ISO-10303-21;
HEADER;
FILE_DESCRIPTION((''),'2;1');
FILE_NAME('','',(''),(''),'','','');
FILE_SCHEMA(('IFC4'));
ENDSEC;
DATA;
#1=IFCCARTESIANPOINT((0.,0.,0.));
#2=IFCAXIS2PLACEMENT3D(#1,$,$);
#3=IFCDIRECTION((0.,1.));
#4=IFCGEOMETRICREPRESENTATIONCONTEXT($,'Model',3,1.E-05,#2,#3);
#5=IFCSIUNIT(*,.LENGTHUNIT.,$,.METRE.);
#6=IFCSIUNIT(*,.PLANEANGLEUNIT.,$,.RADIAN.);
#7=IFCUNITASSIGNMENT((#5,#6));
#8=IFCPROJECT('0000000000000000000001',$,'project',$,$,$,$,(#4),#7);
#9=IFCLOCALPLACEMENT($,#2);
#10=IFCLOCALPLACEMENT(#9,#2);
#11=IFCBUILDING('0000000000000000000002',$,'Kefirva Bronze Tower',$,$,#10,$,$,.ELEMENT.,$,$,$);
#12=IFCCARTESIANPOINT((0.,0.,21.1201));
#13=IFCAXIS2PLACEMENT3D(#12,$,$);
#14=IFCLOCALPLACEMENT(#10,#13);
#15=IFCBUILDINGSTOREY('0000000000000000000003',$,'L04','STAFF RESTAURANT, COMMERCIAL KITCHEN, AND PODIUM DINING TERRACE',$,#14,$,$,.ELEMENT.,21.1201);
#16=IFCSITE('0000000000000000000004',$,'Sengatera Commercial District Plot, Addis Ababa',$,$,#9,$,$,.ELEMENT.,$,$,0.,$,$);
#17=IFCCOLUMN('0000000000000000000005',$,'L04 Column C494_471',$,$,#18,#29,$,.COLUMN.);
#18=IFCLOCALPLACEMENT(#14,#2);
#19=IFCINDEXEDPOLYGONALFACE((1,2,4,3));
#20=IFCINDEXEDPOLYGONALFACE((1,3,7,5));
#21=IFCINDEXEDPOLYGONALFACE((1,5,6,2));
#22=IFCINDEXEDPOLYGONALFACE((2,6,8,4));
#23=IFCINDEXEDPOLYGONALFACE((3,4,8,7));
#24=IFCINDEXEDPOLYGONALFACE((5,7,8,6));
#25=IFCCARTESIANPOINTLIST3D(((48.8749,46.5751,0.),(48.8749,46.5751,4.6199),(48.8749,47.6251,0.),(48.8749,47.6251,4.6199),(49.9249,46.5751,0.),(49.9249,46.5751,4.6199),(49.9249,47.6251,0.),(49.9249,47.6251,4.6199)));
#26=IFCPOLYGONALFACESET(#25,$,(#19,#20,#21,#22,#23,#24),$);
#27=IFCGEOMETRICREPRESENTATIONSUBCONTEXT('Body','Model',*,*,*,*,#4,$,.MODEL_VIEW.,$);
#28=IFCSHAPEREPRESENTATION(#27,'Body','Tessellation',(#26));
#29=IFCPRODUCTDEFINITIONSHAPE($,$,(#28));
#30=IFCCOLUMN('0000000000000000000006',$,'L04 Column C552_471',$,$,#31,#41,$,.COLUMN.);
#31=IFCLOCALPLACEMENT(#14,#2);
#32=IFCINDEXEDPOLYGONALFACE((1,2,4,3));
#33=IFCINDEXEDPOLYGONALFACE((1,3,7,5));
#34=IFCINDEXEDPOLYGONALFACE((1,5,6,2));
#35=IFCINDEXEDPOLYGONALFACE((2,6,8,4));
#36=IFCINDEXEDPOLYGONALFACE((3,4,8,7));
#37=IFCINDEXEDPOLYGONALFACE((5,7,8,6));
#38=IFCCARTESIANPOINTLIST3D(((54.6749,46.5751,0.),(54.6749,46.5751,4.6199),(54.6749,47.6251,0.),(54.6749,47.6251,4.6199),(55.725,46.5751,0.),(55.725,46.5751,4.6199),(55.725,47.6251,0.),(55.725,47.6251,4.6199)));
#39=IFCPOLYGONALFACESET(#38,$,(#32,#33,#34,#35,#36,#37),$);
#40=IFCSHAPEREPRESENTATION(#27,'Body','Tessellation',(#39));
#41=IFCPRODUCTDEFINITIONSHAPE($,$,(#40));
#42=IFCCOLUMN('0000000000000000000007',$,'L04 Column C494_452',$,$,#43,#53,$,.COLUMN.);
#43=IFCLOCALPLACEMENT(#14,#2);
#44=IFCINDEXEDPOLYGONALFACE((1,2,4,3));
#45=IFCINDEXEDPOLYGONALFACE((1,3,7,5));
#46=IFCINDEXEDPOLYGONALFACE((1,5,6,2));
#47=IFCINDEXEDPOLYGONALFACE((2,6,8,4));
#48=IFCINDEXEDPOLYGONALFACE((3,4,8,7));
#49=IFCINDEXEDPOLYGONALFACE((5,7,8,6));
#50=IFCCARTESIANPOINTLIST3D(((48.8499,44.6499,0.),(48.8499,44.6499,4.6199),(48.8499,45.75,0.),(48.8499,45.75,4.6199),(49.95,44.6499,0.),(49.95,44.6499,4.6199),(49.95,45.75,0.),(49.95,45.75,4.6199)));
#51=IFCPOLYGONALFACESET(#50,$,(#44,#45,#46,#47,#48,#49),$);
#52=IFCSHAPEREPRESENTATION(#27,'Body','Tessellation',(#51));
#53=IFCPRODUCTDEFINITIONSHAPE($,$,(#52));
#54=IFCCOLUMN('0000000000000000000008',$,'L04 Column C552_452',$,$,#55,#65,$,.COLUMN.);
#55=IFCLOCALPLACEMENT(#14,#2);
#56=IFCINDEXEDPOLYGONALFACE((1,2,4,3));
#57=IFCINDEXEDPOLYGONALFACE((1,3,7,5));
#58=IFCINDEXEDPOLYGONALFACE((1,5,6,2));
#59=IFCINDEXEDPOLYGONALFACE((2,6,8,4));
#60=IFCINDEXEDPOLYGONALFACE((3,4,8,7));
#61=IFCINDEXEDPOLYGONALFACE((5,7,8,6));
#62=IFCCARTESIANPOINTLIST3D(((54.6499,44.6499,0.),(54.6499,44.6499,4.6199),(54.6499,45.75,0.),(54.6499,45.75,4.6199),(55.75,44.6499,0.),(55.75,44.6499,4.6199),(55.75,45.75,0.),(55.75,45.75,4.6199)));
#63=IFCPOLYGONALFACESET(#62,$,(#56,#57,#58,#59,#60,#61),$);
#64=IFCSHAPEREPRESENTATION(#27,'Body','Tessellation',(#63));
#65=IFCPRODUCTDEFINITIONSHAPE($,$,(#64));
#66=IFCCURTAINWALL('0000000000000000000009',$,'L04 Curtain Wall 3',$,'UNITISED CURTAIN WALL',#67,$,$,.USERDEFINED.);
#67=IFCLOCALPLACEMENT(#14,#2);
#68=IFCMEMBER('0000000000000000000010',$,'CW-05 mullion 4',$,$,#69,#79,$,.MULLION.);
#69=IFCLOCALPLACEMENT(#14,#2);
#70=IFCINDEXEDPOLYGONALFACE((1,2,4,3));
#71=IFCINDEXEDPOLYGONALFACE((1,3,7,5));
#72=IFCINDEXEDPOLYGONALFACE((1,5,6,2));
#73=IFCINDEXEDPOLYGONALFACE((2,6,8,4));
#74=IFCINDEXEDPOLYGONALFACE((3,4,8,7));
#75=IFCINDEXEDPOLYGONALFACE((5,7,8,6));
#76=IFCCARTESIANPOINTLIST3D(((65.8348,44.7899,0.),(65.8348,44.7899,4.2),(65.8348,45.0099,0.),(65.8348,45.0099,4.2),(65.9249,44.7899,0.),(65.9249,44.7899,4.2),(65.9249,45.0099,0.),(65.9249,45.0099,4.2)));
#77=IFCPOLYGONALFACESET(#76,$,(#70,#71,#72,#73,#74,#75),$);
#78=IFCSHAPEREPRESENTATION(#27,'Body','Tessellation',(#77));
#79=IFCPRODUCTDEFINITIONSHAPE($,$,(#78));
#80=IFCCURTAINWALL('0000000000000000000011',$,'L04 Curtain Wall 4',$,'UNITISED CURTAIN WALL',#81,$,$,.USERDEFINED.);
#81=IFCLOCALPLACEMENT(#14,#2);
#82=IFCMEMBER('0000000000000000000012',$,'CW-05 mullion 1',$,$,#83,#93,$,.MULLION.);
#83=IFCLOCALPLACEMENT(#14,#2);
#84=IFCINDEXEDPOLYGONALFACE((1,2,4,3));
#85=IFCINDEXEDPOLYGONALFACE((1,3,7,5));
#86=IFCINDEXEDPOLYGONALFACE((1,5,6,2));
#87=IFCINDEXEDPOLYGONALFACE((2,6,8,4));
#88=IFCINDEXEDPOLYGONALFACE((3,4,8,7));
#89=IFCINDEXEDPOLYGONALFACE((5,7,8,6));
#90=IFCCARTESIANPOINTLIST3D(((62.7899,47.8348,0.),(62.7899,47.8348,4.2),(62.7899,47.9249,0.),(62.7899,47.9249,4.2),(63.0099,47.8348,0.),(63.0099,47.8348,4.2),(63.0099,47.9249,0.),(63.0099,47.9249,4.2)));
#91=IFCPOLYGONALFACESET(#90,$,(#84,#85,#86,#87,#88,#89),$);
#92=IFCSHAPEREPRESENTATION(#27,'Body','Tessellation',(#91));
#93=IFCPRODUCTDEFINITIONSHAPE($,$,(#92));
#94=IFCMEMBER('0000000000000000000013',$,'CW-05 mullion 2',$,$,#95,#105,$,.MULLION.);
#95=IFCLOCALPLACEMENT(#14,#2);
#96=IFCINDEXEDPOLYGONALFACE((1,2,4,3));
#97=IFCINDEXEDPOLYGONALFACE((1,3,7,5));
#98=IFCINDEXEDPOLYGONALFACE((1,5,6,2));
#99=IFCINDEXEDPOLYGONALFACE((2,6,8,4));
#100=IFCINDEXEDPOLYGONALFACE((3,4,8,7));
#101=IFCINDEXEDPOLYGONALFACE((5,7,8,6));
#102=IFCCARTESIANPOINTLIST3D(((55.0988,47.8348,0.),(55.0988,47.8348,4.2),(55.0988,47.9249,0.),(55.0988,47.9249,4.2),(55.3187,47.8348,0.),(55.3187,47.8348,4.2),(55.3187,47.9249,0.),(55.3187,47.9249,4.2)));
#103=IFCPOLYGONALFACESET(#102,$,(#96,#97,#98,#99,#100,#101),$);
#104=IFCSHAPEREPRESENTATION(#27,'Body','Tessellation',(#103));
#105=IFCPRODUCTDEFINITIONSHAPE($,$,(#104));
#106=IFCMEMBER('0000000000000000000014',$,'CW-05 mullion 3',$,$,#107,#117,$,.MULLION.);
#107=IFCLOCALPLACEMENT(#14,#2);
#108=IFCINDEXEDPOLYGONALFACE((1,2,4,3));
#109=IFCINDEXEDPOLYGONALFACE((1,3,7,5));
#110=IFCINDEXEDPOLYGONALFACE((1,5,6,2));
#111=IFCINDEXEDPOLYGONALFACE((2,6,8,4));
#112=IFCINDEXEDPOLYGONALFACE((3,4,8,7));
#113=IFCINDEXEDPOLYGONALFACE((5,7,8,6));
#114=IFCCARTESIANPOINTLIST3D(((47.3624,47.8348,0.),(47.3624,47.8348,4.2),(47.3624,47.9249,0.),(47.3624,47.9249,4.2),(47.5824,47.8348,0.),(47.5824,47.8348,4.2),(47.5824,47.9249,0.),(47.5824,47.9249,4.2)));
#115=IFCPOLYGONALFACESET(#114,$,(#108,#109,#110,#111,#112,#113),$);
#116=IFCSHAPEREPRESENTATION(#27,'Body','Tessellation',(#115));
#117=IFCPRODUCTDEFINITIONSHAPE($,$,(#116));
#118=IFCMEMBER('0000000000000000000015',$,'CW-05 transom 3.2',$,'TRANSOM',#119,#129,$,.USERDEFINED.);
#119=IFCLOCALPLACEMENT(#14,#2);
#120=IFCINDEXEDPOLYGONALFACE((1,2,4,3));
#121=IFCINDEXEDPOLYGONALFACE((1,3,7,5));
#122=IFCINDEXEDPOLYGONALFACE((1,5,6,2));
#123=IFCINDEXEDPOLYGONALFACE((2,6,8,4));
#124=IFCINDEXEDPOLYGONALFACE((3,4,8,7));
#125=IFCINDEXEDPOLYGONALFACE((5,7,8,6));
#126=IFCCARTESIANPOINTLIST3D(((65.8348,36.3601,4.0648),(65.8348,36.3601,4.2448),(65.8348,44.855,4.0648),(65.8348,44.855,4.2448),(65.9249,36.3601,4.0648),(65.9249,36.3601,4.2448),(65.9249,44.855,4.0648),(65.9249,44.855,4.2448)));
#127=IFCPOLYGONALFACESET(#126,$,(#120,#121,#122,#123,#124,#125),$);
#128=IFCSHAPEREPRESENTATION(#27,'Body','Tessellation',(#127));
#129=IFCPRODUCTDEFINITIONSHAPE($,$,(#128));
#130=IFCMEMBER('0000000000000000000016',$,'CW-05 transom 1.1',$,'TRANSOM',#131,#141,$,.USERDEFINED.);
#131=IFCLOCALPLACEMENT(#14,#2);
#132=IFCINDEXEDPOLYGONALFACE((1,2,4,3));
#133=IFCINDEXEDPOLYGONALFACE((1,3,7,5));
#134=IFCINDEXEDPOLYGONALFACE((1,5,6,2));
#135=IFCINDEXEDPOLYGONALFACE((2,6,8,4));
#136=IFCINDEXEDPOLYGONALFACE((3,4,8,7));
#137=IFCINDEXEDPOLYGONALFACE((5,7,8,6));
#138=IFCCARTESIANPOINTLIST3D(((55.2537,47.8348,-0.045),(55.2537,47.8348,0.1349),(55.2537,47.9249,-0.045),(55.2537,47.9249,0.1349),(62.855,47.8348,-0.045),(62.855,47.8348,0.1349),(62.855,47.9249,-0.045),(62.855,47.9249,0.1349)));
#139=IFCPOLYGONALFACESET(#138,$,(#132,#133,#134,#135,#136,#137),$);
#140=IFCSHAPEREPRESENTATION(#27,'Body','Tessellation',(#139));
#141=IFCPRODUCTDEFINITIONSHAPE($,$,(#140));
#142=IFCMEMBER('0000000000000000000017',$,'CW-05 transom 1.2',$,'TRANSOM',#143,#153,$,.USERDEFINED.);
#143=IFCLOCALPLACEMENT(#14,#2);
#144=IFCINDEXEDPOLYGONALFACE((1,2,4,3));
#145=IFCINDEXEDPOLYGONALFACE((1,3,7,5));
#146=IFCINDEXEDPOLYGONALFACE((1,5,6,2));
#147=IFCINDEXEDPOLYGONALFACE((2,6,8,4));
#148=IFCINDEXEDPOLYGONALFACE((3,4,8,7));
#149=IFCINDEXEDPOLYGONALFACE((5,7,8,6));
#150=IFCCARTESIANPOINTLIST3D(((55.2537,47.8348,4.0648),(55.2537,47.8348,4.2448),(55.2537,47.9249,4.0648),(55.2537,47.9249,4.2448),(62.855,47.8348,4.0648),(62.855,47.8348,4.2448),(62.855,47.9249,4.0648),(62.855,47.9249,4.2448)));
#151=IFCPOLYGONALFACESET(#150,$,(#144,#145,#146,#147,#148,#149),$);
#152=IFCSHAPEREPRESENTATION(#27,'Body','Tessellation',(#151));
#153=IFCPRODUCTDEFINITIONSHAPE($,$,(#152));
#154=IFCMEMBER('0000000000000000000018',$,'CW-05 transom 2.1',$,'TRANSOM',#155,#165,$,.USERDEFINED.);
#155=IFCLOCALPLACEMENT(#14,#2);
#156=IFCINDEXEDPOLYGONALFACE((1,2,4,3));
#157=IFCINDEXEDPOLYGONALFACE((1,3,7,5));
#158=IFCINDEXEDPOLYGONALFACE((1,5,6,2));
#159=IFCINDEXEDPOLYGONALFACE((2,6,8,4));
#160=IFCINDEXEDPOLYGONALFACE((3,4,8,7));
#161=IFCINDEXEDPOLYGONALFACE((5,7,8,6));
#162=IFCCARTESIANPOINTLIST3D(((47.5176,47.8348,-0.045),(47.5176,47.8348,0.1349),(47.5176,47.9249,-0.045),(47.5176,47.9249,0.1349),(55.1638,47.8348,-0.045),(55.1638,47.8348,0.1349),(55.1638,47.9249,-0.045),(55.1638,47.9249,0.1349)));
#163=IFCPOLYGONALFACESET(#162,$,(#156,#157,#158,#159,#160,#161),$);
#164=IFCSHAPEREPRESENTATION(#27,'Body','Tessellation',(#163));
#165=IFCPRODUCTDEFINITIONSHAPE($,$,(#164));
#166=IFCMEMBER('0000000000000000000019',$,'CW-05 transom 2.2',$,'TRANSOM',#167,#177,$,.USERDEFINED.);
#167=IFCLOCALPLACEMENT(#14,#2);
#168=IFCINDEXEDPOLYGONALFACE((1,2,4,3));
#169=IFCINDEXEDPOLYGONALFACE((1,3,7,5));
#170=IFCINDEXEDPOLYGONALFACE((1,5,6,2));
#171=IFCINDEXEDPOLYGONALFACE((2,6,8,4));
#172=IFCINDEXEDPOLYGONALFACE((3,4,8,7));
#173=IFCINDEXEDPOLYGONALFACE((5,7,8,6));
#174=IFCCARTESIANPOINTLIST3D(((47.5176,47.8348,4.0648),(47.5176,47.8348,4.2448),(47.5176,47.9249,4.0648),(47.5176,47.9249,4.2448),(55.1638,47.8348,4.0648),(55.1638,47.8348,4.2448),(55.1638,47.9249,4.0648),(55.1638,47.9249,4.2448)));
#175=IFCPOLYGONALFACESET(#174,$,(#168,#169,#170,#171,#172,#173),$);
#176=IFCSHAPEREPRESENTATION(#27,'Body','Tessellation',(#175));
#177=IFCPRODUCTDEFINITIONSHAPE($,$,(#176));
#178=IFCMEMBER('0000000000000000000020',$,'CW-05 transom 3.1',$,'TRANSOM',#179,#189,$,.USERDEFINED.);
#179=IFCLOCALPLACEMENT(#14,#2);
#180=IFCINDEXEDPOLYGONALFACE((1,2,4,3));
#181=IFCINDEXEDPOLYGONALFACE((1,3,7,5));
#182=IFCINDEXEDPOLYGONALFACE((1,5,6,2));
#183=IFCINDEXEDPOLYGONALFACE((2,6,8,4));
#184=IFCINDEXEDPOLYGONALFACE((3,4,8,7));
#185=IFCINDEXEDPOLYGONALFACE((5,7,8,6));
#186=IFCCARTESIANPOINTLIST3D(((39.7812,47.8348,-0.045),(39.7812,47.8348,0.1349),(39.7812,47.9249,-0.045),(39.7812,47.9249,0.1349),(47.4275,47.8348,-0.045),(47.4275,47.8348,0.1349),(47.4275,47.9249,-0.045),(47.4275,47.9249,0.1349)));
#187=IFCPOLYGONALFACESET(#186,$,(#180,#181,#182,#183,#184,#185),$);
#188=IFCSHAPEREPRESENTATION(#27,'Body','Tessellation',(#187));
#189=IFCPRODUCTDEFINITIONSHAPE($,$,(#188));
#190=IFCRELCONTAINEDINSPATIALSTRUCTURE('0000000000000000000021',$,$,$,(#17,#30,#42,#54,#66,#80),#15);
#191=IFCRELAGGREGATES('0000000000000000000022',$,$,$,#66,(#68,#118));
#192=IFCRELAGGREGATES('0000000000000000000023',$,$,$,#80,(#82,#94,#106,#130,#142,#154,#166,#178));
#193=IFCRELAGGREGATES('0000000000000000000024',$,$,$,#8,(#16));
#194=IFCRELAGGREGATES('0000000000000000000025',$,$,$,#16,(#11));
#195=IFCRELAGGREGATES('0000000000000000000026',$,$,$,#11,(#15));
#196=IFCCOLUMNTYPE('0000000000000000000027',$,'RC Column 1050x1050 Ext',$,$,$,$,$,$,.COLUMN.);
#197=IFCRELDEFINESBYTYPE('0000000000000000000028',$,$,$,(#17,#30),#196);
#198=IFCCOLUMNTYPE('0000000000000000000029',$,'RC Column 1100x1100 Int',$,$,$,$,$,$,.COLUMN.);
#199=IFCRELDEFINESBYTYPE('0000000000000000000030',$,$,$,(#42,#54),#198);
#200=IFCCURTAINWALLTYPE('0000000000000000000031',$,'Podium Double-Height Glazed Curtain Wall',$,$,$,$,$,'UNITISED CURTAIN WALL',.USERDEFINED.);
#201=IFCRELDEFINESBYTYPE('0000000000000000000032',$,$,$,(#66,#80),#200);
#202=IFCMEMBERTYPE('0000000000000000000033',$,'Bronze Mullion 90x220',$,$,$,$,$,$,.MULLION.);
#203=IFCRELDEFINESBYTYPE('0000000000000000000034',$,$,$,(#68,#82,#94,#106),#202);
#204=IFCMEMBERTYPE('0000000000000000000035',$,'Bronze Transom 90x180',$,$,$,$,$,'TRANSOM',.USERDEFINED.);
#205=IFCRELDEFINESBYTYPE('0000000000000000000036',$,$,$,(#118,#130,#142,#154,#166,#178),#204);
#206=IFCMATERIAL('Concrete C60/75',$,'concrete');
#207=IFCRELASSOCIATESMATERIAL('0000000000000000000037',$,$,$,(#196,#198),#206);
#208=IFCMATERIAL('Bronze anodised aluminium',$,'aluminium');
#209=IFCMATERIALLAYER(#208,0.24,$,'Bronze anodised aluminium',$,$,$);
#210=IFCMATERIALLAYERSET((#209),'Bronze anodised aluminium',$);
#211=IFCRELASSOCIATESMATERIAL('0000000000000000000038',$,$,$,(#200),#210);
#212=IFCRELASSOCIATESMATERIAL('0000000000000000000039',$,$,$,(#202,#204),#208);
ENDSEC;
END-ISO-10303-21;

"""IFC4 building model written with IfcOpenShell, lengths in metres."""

from ifc_helpers import new_model, si_unit, direction, frame, origin, origin_2d, place, context, subcontext, project, spatial, rectangle, extrude, material, layer, layer_set, material_profile, profile_set, type_object, element, aggregate, save


model = new_model("IFC4")

# Units and contexts
model_context = context("Model", 3, precision=1e-05, world=origin(), true_north=direction((0.0, 1.0)))
body_context = subcontext(model_context, "Body", "Model", "MODEL_VIEW")
ifc_project = project(units=[si_unit("LENGTHUNIT", "METRE"), si_unit("PLANEANGLEUNIT", "RADIAN")], contexts=[model_context])

# Site, building, storey
site_placement = place(None, origin())
site = spatial("IfcSite", under=ifc_project, at=site_placement, Name="Sengatera Commercial District Plot, Addis Ababa", CompositionType="ELEMENT", RefElevation=0.0)
building_placement = place(site_placement, origin())
building = spatial("IfcBuilding", under=site, at=building_placement, Name="Kefirva Bronze Tower", CompositionType="ELEMENT")
storey_placement = place(building_placement, frame((0.0, 0.0, 21.1201)))
storey = spatial("IfcBuildingStorey", under=building, at=storey_placement, Name="L04", Description="STAFF RESTAURANT, COMMERCIAL KITCHEN, AND PODIUM DINING TERRACE", CompositionType="ELEMENT", Elevation=21.1201)

# Columns
ifc_material_1 = material(Name="Concrete C60/75", Category="concrete")
ifc_material_profile_1 = material_profile(ifc_material_1, rectangle(XDim=1.05, YDim=1.05, at=origin_2d()), Name="RC 1050x1050")
ifc_profile_set_1 = profile_set([ifc_material_profile_1], Name="Concrete C60/75")
column_type_1 = type_object("IfcColumnType", Name="RC Column 1050x1050 Ext", PredefinedType="COLUMN", material=ifc_profile_set_1)
for number, where, z_axis, x_axis, name in (
    (1, (49.3999, 47.1001, 0.0), (0.0, 0.0, 1.0), (1.0, 0.0, 0.0), "L04 Column C494_471"),
    (2, (55.2, 47.1001, 0.0), (0.0, 0.0, 1.0), (1.0, 0.0, 0.0), "L04 Column C552_471"),
):
    element("IfcColumn", number, at=place(storey_placement, frame(where, z_axis=z_axis, x_axis=x_axis)), inside=storey, type_object=column_type_1, Name=name, PredefinedType="COLUMN", context=body_context, shape_type="SweptSolid", body=[
        extrude(rectangle(XDim=1.05, YDim=1.05, at=origin_2d()), origin(), (0.0, 0.0, 1.0), 4.6199),
    ])
ifc_material_profile_2 = material_profile(ifc_material_1, rectangle(XDim=1.1001, YDim=1.1001, at=origin_2d()), Name="RC 1100x1100")
ifc_profile_set_2 = profile_set([ifc_material_profile_2], Name="Concrete C60/75")
column_type_2 = type_object("IfcColumnType", Name="RC Column 1100x1100 Int", PredefinedType="COLUMN", material=ifc_profile_set_2)
for number, where, z_axis, x_axis, name in (
    (3, (49.3999, 45.2, 0.0), (0.0, 0.0, 1.0), (1.0, 0.0, 0.0), "L04 Column C494_452"),
    (4, (55.2, 45.2, 0.0), (0.0, 0.0, 1.0), (1.0, 0.0, 0.0), "L04 Column C552_452"),
):
    element("IfcColumn", number, at=place(storey_placement, frame(where, z_axis=z_axis, x_axis=x_axis)), inside=storey, type_object=column_type_2, Name=name, PredefinedType="COLUMN", context=body_context, shape_type="SweptSolid", body=[
        extrude(rectangle(XDim=1.1001, YDim=1.1001, at=origin_2d()), origin(), (0.0, 0.0, 1.0), 4.6199),
    ])

# Curtain wall, member
ifc_material_2 = material(Name="Bronze anodised aluminium", Category="aluminium")
ifc_layer_1 = layer(ifc_material_2, 0.24, Name="Bronze anodised aluminium")
ifc_layer_set_1 = layer_set([ifc_layer_1], Name="Bronze anodised aluminium")
curtain_wall_type = type_object("IfcCurtainWallType", Name="Podium Double-Height Glazed Curtain Wall", ElementType="UNITISED CURTAIN WALL", PredefinedType="USERDEFINED", material=ifc_layer_set_1)
curtain_wall_1_placement = place(storey_placement, origin())
curtain_wall_1 = element("IfcCurtainWall", 5, at=curtain_wall_1_placement, inside=storey, type_object=curtain_wall_type, Name="L04 Curtain Wall 3", ObjectType="UNITISED CURTAIN WALL", PredefinedType="USERDEFINED")
ifc_material_profile_3 = material_profile(ifc_material_2, rectangle(XDim=0.0901, YDim=0.22, at=origin_2d()), Name="ALU 90x220")
ifc_profile_set_3 = profile_set([ifc_material_profile_3], Name="Bronze anodised aluminium")
member_type_1 = type_object("IfcMemberType", Name="Bronze Mullion 90x220", PredefinedType="MULLION", material=ifc_profile_set_3)
member_1_placement = place(storey_placement, frame((65.8799, 44.8999, 0.0), z_axis=(0.0, 0.0, 1.0), x_axis=(-1.0, 0.0, 0.0)))
member_1 = element("IfcMember", 6, at=member_1_placement, type_object=member_type_1, Name="CW-05 mullion 4", PredefinedType="MULLION", context=body_context, shape_type="SweptSolid", body=[
    extrude(rectangle(XDim=0.0901, YDim=0.22, at=origin_2d()), origin(), (0.0, 0.0, 1.0), 4.2),
])

# Curtain wall, members
curtain_wall_2_placement = place(storey_placement, origin())
curtain_wall_2 = element("IfcCurtainWall", 7, at=curtain_wall_2_placement, inside=storey, type_object=curtain_wall_type, Name="L04 Curtain Wall 4", ObjectType="UNITISED CURTAIN WALL", PredefinedType="USERDEFINED")
member_2_placement = place(storey_placement, frame((62.8999, 47.8799, 0.0), z_axis=(0.0, 0.0, 1.0), x_axis=(0.0, -1.0, 0.0)))
member_2 = element("IfcMember", 8, at=member_2_placement, type_object=member_type_1, Name="CW-05 mullion 1", PredefinedType="MULLION", context=body_context, shape_type="SweptSolid", body=[
    extrude(rectangle(XDim=0.0901, YDim=0.22, at=origin_2d()), origin(), (0.0, 0.0, 1.0), 4.2),
])
member_3_placement = place(storey_placement, frame((55.2087, 47.8799, 0.0), z_axis=(0.0, 0.0, 1.0), x_axis=(0.0, -1.0, 0.0)))
member_3 = element("IfcMember", 9, at=member_3_placement, type_object=member_type_1, Name="CW-05 mullion 2", PredefinedType="MULLION", context=body_context, shape_type="SweptSolid", body=[
    extrude(rectangle(XDim=0.0901, YDim=0.22, at=origin_2d()), origin(), (0.0, 0.0, 1.0), 4.2),
])
member_4_placement = place(storey_placement, frame((47.4724, 47.8799, 0.0), z_axis=(0.0, 0.0, 1.0), x_axis=(0.0, -1.0, 0.0)))
member_4 = element("IfcMember", 10, at=member_4_placement, type_object=member_type_1, Name="CW-05 mullion 3", PredefinedType="MULLION", context=body_context, shape_type="SweptSolid", body=[
    extrude(rectangle(XDim=0.0901, YDim=0.22, at=origin_2d()), origin(), (0.0, 0.0, 1.0), 4.2),
])

# Members
ifc_material_profile_4 = material_profile(ifc_material_2, rectangle(XDim=0.0901, YDim=0.1799, at=origin_2d()), Name="ALU 90x180")
ifc_profile_set_4 = profile_set([ifc_material_profile_4], Name="Bronze anodised aluminium")
member_type_2 = type_object("IfcMemberType", Name="Bronze Transom 90x180", ElementType="TRANSOM", PredefinedType="USERDEFINED", material=ifc_profile_set_4)
member_5_placement = place(storey_placement, frame((65.8799, 36.3601, 4.1548), z_axis=(0.0, 1.0, 0.0), x_axis=(-1.0, 0.0, 0.0)))
member_5 = element("IfcMember", 11, at=member_5_placement, type_object=member_type_2, Name="CW-05 transom 3.2", ObjectType="TRANSOM", PredefinedType="USERDEFINED", context=body_context, shape_type="SweptSolid", body=[
    extrude(rectangle(XDim=0.0901, YDim=0.1799, at=origin_2d()), origin(), (0.0, 0.0, 1.0), 8.4949),
])
member_6_placement = place(storey_placement, frame((62.855, 47.8799, 0.0449), z_axis=(-1.0, 0.0, 0.0), x_axis=(0.0, -1.0, 0.0)))
member_6 = element("IfcMember", 12, at=member_6_placement, type_object=member_type_2, Name="CW-05 transom 1.1", ObjectType="TRANSOM", PredefinedType="USERDEFINED", context=body_context, shape_type="SweptSolid", body=[
    extrude(rectangle(XDim=0.0901, YDim=0.1799, at=origin_2d()), origin(), (0.0, 0.0, 1.0), 7.6013),
])
member_7_placement = place(storey_placement, frame((62.855, 47.8799, 4.1548), z_axis=(-1.0, 0.0, 0.0), x_axis=(0.0, -1.0, 0.0)))
member_7 = element("IfcMember", 13, at=member_7_placement, type_object=member_type_2, Name="CW-05 transom 1.2", ObjectType="TRANSOM", PredefinedType="USERDEFINED", context=body_context, shape_type="SweptSolid", body=[
    extrude(rectangle(XDim=0.0901, YDim=0.1799, at=origin_2d()), origin(), (0.0, 0.0, 1.0), 7.6013),
])
member_8_placement = place(storey_placement, frame((55.1638, 47.8799, 0.0449), z_axis=(-1.0, 0.0, 0.0), x_axis=(0.0, -1.0, 0.0)))
member_8 = element("IfcMember", 14, at=member_8_placement, type_object=member_type_2, Name="CW-05 transom 2.1", ObjectType="TRANSOM", PredefinedType="USERDEFINED", context=body_context, shape_type="SweptSolid", body=[
    extrude(rectangle(XDim=0.0901, YDim=0.1799, at=origin_2d()), origin(), (0.0, 0.0, 1.0), 7.6462),
])
member_9_placement = place(storey_placement, frame((55.1638, 47.8799, 4.1548), z_axis=(-1.0, 0.0, 0.0), x_axis=(0.0, -1.0, 0.0)))
member_9 = element("IfcMember", 15, at=member_9_placement, type_object=member_type_2, Name="CW-05 transom 2.2", ObjectType="TRANSOM", PredefinedType="USERDEFINED", context=body_context, shape_type="SweptSolid", body=[
    extrude(rectangle(XDim=0.0901, YDim=0.1799, at=origin_2d()), origin(), (0.0, 0.0, 1.0), 7.6462),
])
member_10_placement = place(storey_placement, frame((47.4275, 47.8799, 0.0449), z_axis=(-1.0, 0.0, 0.0), x_axis=(0.0, -1.0, 0.0)))
member_10 = element("IfcMember", 16, at=member_10_placement, type_object=member_type_2, Name="CW-05 transom 3.1", ObjectType="TRANSOM", PredefinedType="USERDEFINED", context=body_context, shape_type="SweptSolid", body=[
    extrude(rectangle(XDim=0.0901, YDim=0.1799, at=origin_2d()), origin(), (0.0, 0.0, 1.0), 7.6462),
])

aggregate(curtain_wall_1, [member_1, member_5])
aggregate(curtain_wall_2, [member_2, member_3, member_4, member_6, member_7, member_8, member_9, member_10])

save(model, "model.ifc")
